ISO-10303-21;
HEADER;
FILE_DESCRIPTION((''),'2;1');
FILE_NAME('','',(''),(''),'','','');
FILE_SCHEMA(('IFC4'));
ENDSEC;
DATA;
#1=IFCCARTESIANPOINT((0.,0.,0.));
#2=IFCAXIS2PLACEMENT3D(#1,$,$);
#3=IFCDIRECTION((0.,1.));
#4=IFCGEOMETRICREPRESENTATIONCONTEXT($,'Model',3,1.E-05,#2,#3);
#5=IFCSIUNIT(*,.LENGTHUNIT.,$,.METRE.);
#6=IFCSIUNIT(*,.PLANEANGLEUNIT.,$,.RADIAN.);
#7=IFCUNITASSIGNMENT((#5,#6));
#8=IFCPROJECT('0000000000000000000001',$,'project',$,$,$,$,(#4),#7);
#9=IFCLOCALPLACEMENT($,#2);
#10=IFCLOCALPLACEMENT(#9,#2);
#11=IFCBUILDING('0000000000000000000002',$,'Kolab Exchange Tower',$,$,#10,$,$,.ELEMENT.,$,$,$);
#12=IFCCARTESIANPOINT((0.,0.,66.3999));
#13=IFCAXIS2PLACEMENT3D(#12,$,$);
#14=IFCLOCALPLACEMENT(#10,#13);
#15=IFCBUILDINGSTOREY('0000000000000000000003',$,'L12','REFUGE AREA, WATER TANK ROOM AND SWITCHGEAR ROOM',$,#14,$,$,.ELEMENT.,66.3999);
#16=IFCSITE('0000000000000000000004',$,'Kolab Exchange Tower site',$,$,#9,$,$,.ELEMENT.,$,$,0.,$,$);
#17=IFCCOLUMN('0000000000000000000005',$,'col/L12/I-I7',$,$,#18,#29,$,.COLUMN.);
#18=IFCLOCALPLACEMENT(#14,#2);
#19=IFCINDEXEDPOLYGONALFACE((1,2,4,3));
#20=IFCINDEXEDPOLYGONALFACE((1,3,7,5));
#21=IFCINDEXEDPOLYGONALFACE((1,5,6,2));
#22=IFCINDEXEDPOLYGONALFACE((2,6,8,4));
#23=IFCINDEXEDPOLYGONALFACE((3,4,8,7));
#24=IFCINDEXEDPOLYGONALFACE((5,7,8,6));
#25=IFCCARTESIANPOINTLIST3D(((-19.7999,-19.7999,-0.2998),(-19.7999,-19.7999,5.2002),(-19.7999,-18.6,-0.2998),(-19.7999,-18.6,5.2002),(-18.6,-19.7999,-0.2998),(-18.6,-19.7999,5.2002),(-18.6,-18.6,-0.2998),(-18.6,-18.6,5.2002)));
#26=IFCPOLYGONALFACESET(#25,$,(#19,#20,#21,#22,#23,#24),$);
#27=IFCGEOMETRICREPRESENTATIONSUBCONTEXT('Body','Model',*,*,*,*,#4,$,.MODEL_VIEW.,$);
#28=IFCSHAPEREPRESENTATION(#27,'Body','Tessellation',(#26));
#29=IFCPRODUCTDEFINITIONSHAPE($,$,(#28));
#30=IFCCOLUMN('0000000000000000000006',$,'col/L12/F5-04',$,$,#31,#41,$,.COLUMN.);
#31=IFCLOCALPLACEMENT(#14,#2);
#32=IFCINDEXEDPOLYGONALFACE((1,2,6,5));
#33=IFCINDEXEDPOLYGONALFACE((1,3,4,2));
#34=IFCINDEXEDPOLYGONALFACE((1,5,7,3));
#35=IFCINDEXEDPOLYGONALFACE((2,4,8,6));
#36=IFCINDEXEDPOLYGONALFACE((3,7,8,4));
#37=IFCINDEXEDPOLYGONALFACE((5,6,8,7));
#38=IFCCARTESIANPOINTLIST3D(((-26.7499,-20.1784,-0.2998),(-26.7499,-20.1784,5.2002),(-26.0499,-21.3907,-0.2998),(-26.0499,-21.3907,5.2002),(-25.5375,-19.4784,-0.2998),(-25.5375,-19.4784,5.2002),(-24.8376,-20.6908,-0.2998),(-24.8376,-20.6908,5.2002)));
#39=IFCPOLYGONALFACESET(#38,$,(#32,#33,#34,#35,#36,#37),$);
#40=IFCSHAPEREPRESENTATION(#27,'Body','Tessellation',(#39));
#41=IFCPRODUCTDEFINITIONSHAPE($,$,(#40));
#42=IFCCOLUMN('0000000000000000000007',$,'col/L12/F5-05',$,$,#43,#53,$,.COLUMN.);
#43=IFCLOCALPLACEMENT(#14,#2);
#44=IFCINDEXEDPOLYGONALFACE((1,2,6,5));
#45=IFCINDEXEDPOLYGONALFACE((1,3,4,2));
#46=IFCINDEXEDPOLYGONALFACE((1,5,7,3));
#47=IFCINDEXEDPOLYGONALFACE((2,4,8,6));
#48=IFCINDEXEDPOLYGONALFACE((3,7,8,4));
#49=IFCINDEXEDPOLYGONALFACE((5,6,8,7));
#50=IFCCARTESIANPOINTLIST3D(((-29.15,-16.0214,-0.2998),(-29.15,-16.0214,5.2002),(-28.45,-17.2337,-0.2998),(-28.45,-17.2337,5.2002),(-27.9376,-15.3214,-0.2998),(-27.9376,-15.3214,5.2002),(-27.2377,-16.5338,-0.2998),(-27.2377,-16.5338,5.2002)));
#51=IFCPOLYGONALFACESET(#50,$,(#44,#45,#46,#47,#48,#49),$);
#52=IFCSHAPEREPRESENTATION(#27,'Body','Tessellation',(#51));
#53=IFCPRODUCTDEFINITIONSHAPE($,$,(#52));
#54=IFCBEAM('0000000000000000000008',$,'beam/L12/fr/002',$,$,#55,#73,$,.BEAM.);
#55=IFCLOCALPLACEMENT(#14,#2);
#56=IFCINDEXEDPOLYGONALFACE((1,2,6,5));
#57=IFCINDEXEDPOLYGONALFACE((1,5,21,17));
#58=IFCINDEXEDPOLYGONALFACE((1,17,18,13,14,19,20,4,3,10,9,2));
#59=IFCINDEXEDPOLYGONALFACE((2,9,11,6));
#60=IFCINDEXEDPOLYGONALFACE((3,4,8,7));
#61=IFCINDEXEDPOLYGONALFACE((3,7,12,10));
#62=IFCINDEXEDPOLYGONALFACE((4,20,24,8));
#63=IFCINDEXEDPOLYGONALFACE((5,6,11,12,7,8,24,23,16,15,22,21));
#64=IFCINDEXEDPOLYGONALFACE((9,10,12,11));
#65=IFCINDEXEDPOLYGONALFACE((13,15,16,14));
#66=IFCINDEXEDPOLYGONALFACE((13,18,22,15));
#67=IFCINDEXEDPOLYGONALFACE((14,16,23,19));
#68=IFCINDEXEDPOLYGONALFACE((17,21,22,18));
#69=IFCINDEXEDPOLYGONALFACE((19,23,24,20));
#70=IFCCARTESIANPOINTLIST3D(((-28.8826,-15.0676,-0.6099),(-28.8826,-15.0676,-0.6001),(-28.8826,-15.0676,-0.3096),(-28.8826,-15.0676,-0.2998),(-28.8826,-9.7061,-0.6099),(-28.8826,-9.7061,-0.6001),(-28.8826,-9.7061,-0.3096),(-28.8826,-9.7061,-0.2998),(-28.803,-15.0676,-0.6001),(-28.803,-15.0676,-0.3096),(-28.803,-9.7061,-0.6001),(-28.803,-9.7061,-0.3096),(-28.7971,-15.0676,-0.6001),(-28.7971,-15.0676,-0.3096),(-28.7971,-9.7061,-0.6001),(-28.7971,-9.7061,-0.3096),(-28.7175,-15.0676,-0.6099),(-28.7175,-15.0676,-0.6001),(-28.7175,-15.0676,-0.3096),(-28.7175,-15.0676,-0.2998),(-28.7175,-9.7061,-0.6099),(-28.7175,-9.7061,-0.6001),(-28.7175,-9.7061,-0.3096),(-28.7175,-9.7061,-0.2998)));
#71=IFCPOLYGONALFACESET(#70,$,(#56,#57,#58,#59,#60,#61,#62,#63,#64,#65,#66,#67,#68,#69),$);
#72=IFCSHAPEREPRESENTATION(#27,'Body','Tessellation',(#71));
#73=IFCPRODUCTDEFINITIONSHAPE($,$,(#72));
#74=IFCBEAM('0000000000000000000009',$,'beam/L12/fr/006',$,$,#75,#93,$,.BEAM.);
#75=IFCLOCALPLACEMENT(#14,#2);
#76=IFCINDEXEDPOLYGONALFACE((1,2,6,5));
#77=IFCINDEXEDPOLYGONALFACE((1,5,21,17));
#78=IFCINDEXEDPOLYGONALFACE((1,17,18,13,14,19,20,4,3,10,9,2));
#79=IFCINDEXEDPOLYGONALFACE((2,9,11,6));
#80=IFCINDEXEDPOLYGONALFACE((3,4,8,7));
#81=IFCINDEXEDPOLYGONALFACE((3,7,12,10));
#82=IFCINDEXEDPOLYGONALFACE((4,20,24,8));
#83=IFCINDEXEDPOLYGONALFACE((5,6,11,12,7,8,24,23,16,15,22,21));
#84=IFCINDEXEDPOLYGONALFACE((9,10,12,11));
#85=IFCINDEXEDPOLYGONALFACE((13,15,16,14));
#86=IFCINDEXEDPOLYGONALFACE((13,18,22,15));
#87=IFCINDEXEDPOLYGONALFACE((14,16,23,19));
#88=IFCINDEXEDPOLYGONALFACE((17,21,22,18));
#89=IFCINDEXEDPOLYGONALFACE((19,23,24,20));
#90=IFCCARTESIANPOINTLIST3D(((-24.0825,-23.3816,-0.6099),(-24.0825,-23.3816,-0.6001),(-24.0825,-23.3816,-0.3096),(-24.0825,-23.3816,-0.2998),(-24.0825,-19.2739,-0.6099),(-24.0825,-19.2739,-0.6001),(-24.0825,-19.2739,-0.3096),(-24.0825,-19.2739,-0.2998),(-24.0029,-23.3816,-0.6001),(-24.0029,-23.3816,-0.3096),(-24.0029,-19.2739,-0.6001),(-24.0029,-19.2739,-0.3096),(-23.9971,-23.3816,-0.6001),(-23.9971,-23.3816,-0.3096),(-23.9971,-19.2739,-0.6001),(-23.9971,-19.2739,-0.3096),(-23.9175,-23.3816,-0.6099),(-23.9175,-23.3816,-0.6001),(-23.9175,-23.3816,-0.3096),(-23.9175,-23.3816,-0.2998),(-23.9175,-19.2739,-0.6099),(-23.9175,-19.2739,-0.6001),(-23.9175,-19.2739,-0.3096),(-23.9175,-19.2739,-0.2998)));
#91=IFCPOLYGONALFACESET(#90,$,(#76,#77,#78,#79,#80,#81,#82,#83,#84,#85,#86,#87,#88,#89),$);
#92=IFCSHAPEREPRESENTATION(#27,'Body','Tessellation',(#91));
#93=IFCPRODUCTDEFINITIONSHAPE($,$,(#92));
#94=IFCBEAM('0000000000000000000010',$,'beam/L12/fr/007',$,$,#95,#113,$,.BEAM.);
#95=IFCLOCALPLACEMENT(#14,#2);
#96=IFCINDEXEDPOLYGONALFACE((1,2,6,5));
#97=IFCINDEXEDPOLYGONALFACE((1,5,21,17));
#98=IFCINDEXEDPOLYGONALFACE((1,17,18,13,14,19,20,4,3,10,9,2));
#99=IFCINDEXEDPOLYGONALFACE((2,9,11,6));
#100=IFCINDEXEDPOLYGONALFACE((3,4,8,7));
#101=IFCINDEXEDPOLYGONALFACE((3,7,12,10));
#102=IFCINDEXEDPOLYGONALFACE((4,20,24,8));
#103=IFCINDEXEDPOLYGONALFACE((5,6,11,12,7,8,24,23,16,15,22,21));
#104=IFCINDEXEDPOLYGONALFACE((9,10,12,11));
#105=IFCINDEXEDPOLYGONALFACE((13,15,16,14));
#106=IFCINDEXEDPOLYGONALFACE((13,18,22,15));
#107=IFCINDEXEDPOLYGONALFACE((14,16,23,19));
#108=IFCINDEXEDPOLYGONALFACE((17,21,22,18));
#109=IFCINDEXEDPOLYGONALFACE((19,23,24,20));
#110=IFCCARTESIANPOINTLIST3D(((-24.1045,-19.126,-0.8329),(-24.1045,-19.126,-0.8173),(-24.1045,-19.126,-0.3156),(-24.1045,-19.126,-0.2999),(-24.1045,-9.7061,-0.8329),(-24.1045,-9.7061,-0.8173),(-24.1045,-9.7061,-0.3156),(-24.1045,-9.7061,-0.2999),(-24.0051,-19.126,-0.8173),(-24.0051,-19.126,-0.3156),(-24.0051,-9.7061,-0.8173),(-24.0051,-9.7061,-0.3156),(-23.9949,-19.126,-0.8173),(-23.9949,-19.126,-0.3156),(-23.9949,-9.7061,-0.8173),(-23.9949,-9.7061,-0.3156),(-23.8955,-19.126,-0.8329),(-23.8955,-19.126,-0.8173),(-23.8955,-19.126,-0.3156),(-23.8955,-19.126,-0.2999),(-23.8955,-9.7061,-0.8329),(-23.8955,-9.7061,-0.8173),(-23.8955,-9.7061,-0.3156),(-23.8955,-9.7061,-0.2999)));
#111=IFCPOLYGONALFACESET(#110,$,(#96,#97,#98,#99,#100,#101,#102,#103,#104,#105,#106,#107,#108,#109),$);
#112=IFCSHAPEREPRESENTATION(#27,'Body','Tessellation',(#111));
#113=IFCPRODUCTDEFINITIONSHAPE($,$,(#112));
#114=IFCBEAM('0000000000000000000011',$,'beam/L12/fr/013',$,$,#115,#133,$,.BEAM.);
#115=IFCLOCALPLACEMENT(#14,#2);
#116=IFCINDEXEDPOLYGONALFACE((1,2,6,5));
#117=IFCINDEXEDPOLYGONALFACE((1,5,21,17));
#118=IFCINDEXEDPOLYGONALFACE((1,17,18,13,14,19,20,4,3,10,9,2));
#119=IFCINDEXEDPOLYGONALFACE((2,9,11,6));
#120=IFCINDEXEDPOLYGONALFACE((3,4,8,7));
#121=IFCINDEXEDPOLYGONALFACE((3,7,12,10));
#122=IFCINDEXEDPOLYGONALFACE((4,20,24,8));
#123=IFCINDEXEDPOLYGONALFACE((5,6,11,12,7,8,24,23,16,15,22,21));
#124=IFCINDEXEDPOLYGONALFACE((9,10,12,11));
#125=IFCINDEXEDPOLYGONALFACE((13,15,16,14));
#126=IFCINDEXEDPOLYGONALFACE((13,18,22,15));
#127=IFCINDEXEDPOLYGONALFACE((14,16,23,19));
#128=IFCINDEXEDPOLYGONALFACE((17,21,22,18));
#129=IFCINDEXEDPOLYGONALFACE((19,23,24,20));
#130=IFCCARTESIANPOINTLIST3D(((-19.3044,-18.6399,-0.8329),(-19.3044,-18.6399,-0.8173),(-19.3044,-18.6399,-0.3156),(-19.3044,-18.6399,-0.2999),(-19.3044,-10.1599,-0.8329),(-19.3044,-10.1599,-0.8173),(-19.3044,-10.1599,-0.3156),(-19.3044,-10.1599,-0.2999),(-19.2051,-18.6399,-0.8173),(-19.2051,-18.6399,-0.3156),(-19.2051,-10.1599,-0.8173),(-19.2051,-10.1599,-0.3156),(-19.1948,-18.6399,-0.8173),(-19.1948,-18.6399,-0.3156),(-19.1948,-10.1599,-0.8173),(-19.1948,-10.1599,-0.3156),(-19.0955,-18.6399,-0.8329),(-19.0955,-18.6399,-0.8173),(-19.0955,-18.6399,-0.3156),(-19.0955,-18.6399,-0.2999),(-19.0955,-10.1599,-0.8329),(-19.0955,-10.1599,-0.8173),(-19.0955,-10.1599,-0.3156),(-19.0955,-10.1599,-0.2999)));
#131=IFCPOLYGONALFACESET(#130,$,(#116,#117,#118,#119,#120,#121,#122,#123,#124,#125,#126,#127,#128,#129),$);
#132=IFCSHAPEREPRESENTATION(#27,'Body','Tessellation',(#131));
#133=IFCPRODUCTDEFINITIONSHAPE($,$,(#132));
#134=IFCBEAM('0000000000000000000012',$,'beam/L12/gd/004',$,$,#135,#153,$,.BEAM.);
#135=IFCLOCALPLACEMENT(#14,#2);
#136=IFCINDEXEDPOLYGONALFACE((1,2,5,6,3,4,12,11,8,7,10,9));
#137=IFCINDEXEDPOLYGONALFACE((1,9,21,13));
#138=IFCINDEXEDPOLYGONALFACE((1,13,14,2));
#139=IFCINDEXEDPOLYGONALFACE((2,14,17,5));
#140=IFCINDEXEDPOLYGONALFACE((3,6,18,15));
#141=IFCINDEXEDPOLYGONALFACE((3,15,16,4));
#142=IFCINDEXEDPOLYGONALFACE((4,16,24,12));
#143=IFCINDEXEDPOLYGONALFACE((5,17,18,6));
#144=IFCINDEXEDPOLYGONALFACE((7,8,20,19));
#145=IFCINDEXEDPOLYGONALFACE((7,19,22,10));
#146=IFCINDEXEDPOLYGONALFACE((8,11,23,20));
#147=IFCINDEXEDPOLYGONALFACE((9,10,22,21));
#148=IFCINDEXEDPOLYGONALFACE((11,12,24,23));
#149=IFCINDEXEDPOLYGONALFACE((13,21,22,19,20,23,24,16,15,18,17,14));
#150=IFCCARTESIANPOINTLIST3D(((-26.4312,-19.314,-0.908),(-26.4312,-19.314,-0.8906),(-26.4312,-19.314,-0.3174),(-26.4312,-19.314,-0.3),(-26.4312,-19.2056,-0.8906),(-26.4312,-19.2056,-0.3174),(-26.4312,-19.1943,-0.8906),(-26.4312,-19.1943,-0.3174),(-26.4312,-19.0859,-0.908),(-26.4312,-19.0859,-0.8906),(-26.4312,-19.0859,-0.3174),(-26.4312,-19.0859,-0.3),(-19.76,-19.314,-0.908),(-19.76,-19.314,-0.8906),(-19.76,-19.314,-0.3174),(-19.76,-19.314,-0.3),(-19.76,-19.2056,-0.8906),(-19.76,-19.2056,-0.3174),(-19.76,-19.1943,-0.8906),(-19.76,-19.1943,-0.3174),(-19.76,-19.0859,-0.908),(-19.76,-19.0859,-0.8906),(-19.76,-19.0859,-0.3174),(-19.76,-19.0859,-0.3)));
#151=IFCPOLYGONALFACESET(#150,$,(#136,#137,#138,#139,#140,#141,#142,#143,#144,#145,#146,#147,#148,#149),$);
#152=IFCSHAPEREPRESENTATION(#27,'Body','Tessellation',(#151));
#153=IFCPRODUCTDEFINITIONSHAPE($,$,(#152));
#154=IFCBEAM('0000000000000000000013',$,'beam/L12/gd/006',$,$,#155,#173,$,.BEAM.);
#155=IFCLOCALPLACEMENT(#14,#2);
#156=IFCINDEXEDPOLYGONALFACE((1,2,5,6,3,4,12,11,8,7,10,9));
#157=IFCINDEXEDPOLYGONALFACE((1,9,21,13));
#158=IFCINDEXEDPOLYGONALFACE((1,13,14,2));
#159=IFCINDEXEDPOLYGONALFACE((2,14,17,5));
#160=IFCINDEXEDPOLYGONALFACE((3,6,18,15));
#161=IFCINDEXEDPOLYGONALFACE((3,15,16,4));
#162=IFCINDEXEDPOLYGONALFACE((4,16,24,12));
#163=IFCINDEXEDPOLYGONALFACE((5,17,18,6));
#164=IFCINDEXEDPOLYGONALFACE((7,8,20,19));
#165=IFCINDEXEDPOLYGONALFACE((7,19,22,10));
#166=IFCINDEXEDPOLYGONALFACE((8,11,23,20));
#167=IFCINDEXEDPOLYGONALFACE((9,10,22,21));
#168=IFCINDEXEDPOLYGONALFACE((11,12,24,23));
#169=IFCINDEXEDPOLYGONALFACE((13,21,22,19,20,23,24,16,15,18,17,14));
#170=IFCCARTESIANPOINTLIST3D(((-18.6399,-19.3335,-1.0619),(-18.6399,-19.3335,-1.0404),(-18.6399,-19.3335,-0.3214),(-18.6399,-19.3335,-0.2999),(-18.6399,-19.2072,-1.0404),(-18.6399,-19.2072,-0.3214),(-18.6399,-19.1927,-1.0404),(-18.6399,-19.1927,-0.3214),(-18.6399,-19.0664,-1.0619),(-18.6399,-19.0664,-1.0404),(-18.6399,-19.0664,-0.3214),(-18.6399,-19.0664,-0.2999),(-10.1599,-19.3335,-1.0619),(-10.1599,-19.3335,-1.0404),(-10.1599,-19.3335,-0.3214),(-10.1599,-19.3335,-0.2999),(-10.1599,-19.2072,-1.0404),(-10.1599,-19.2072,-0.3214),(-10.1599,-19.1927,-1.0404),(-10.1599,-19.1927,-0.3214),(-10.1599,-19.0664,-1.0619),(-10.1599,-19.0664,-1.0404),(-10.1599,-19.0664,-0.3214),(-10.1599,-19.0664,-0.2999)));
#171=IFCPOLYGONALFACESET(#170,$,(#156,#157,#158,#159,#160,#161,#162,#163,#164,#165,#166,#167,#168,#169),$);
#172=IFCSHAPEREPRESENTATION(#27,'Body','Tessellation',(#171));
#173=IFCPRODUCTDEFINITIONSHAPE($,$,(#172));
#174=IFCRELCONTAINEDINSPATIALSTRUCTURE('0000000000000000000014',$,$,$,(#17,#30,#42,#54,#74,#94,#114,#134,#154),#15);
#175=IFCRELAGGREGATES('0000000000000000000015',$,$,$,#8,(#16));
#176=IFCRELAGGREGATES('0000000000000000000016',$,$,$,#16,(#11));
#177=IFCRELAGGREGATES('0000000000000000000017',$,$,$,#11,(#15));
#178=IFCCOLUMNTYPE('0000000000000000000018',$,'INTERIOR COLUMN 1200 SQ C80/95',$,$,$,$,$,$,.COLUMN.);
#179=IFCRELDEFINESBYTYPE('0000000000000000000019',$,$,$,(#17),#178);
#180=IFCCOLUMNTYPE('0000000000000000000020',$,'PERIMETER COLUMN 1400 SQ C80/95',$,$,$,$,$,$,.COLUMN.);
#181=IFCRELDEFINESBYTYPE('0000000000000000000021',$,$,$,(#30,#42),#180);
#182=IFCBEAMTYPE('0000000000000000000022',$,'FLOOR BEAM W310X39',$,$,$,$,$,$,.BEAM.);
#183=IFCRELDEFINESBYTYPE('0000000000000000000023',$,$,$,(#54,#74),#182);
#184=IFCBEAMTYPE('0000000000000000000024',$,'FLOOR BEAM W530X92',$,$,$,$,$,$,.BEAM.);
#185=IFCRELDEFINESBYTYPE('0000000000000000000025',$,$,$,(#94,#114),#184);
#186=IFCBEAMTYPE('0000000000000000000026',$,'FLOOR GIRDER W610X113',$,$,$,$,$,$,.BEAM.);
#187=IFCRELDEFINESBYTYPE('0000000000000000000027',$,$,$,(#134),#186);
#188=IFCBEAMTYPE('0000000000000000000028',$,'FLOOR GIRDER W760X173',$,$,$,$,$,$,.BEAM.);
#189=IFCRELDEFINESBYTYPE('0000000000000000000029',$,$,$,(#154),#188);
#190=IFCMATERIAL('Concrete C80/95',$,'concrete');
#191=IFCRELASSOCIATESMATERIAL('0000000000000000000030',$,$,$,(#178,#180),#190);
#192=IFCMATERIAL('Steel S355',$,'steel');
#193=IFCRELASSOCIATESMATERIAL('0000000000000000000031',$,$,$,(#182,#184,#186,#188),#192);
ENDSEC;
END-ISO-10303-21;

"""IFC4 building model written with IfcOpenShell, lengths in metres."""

from ifc_helpers import new_model, si_unit, direction, frame, origin, origin_2d, place, context, subcontext, project, spatial, rectangle, i_section, extrude, material, material_profile, profile_set, type_object, element, save


model = new_model("IFC4")

# Units and contexts
model_context = context("Model", 3, precision=1e-05, world=origin(), true_north=direction((0.0, 1.0)))
body_context = subcontext(model_context, "Body", "Model", "MODEL_VIEW")
ifc_project = project(units=[si_unit("LENGTHUNIT", "METRE"), si_unit("PLANEANGLEUNIT", "RADIAN")], contexts=[model_context])

# Site, building, storey
site_placement = place(None, origin())
site = spatial("IfcSite", under=ifc_project, at=site_placement, Name="Kolab Exchange Tower site", CompositionType="ELEMENT", RefElevation=0.0)
building_placement = place(site_placement, origin())
building = spatial("IfcBuilding", under=site, at=building_placement, Name="Kolab Exchange Tower", CompositionType="ELEMENT")
storey_placement = place(building_placement, frame((0.0, 0.0, 66.3999)))
storey = spatial("IfcBuildingStorey", under=building, at=storey_placement, Name="L12", Description="REFUGE AREA, WATER TANK ROOM AND SWITCHGEAR ROOM", CompositionType="ELEMENT", Elevation=66.3999)

# Columns
ifc_material_1 = material(Name="Concrete C80/95", Category="concrete")
ifc_material_profile_1 = material_profile(ifc_material_1, rectangle(XDim=1.2, YDim=1.2, at=origin_2d()), Name="RC1200")
ifc_profile_set_1 = profile_set([ifc_material_profile_1], Name="Concrete C80/95")
column_type_1 = type_object("IfcColumnType", Name="INTERIOR COLUMN 1200 SQ C80/95", PredefinedType="COLUMN", material=ifc_profile_set_1)
column_placement = place(storey_placement, frame((-19.2, -19.2, -0.2998), z_axis=(0.0, 0.0, 1.0), x_axis=(1.0, 0.0, 0.0)))
element("IfcColumn", 1, at=column_placement, inside=storey, type_object=column_type_1, Name="col/L12/I-I7", PredefinedType="COLUMN", context=body_context, shape_type="SweptSolid", body=[
    extrude(rectangle(XDim=1.2, YDim=1.2, at=origin_2d()), origin(), (0.0, 0.0, 1.0), 5.5),
])
ifc_material_profile_2 = material_profile(ifc_material_1, rectangle(XDim=1.3999, YDim=1.3999, at=origin_2d()), Name="RC1400")
ifc_profile_set_2 = profile_set([ifc_material_profile_2], Name="Concrete C80/95")
column_type_2 = type_object("IfcColumnType", Name="PERIMETER COLUMN 1400 SQ C80/95", PredefinedType="COLUMN", material=ifc_profile_set_2)
for number, where, z_axis, x_axis, name in (
    (2, (-25.7937, -20.4346, -0.2998), (0.0, 0.0, 1.0), (0.866025, 0.5, 0.0), "col/L12/F5-04"),
    (3, (-28.1938, -16.2776, -0.2998), (0.0, 0.0, 1.0), (0.866025, 0.5, 0.0), "col/L12/F5-05"),
):
    element("IfcColumn", number, at=place(storey_placement, frame(where, z_axis=z_axis, x_axis=x_axis)), inside=storey, type_object=column_type_2, Name=name, PredefinedType="COLUMN", context=body_context, shape_type="SweptSolid", body=[
        extrude(rectangle(XDim=1.3999, YDim=1.3999, at=origin_2d()), origin(), (0.0, 0.0, 1.0), 5.5),
    ])

# Beams
ifc_material_2 = material(Name="Steel S355", Category="steel")
ifc_material_profile_3 = material_profile(ifc_material_2, i_section(OverallWidth=0.165, OverallDepth=0.3101, WebThickness=0.0059, FlangeThickness=0.0098, at=origin_2d()), Name="W310X39")
ifc_profile_set_3 = profile_set([ifc_material_profile_3], Name="Steel S355")
beam_type_1 = type_object("IfcBeamType", Name="FLOOR BEAM W310X39", PredefinedType="BEAM", material=ifc_profile_set_3)
beam_1_placement = place(storey_placement, frame((-28.8, -15.0676, -0.4548), z_axis=(0.0, 1.0, 0.0), x_axis=(-1.0, 0.0, 0.0)))
element("IfcBeam", 4, at=beam_1_placement, inside=storey, type_object=beam_type_1, Name="beam/L12/fr/002", PredefinedType="BEAM", context=body_context, shape_type="SweptSolid", body=[
    extrude(i_section(OverallWidth=0.165, OverallDepth=0.3101, WebThickness=0.0059, FlangeThickness=0.0098, at=origin_2d()), origin(), (0.0, 0.0, 1.0), 5.3616),
])
beam_2_placement = place(storey_placement, frame((-24.0, -23.3816, -0.4548), z_axis=(0.0, 1.0, 0.0), x_axis=(-1.0, 0.0, 0.0)))
element("IfcBeam", 5, at=beam_2_placement, inside=storey, type_object=beam_type_1, Name="beam/L12/fr/006", PredefinedType="BEAM", context=body_context, shape_type="SweptSolid", body=[
    extrude(i_section(OverallWidth=0.165, OverallDepth=0.3101, WebThickness=0.0059, FlangeThickness=0.0098, at=origin_2d()), origin(), (0.0, 0.0, 1.0), 4.1077),
])
ifc_material_profile_4 = material_profile(ifc_material_2, i_section(OverallWidth=0.209, OverallDepth=0.533, WebThickness=0.0103, FlangeThickness=0.0156, at=origin_2d()), Name="W530X92")
ifc_profile_set_4 = profile_set([ifc_material_profile_4], Name="Steel S355")
beam_type_2 = type_object("IfcBeamType", Name="FLOOR BEAM W530X92", PredefinedType="BEAM", material=ifc_profile_set_4)
beam_3_placement = place(storey_placement, frame((-24.0, -19.126, -0.5664), z_axis=(0.0, 1.0, 0.0), x_axis=(-1.0, 0.0, 0.0)))
element("IfcBeam", 6, at=beam_3_placement, inside=storey, type_object=beam_type_2, Name="beam/L12/fr/007", PredefinedType="BEAM", context=body_context, shape_type="SweptSolid", body=[
    extrude(i_section(OverallWidth=0.209, OverallDepth=0.533, WebThickness=0.0103, FlangeThickness=0.0156, at=origin_2d()), origin(), (0.0, 0.0, 1.0), 9.4199),
])
beam_4_placement = place(storey_placement, frame((-19.2, -18.6399, -0.5664), z_axis=(0.0, 1.0, 0.0), x_axis=(-1.0, 0.0, 0.0)))
element("IfcBeam", 7, at=beam_4_placement, inside=storey, type_object=beam_type_2, Name="beam/L12/fr/013", PredefinedType="BEAM", context=body_context, shape_type="SweptSolid", body=[
    extrude(i_section(OverallWidth=0.209, OverallDepth=0.533, WebThickness=0.0103, FlangeThickness=0.0156, at=origin_2d()), origin(), (0.0, 0.0, 1.0), 8.48),
])
ifc_material_profile_5 = material_profile(ifc_material_2, i_section(OverallWidth=0.228, OverallDepth=0.6079, WebThickness=0.0112, FlangeThickness=0.0173, at=origin_2d()), Name="W610X113")
ifc_profile_set_5 = profile_set([ifc_material_profile_5], Name="Steel S355")
beam_type_3 = type_object("IfcBeamType", Name="FLOOR GIRDER W610X113", PredefinedType="BEAM", material=ifc_profile_set_5)
beam_5_placement = place(storey_placement, frame((-26.4312, -19.2, -0.604), z_axis=(1.0, 0.0, 0.0), x_axis=(0.0, 1.0, 0.0)))
element("IfcBeam", 8, at=beam_5_placement, inside=storey, type_object=beam_type_3, Name="beam/L12/gd/004", PredefinedType="BEAM", context=body_context, shape_type="SweptSolid", body=[
    extrude(i_section(OverallWidth=0.228, OverallDepth=0.6079, WebThickness=0.0112, FlangeThickness=0.0173, at=origin_2d()), origin(), (0.0, 0.0, 1.0), 6.6711),
])
ifc_material_profile_6 = material_profile(ifc_material_2, i_section(OverallWidth=0.2671, OverallDepth=0.762, WebThickness=0.0144, FlangeThickness=0.0215, at=origin_2d()), Name="W760X173")
ifc_profile_set_6 = profile_set([ifc_material_profile_6], Name="Steel S355")
beam_type_4 = type_object("IfcBeamType", Name="FLOOR GIRDER W760X173", PredefinedType="BEAM", material=ifc_profile_set_6)
beam_6_placement = place(storey_placement, frame((-18.6399, -19.2, -0.6809), z_axis=(1.0, 0.0, 0.0), x_axis=(0.0, 1.0, 0.0)))
element("IfcBeam", 9, at=beam_6_placement, inside=storey, type_object=beam_type_4, Name="beam/L12/gd/006", PredefinedType="BEAM", context=body_context, shape_type="SweptSolid", body=[
    extrude(i_section(OverallWidth=0.2671, OverallDepth=0.762, WebThickness=0.0144, FlangeThickness=0.0215, at=origin_2d()), origin(), (0.0, 0.0, 1.0), 8.48),
])

save(model, "model.ifc")
